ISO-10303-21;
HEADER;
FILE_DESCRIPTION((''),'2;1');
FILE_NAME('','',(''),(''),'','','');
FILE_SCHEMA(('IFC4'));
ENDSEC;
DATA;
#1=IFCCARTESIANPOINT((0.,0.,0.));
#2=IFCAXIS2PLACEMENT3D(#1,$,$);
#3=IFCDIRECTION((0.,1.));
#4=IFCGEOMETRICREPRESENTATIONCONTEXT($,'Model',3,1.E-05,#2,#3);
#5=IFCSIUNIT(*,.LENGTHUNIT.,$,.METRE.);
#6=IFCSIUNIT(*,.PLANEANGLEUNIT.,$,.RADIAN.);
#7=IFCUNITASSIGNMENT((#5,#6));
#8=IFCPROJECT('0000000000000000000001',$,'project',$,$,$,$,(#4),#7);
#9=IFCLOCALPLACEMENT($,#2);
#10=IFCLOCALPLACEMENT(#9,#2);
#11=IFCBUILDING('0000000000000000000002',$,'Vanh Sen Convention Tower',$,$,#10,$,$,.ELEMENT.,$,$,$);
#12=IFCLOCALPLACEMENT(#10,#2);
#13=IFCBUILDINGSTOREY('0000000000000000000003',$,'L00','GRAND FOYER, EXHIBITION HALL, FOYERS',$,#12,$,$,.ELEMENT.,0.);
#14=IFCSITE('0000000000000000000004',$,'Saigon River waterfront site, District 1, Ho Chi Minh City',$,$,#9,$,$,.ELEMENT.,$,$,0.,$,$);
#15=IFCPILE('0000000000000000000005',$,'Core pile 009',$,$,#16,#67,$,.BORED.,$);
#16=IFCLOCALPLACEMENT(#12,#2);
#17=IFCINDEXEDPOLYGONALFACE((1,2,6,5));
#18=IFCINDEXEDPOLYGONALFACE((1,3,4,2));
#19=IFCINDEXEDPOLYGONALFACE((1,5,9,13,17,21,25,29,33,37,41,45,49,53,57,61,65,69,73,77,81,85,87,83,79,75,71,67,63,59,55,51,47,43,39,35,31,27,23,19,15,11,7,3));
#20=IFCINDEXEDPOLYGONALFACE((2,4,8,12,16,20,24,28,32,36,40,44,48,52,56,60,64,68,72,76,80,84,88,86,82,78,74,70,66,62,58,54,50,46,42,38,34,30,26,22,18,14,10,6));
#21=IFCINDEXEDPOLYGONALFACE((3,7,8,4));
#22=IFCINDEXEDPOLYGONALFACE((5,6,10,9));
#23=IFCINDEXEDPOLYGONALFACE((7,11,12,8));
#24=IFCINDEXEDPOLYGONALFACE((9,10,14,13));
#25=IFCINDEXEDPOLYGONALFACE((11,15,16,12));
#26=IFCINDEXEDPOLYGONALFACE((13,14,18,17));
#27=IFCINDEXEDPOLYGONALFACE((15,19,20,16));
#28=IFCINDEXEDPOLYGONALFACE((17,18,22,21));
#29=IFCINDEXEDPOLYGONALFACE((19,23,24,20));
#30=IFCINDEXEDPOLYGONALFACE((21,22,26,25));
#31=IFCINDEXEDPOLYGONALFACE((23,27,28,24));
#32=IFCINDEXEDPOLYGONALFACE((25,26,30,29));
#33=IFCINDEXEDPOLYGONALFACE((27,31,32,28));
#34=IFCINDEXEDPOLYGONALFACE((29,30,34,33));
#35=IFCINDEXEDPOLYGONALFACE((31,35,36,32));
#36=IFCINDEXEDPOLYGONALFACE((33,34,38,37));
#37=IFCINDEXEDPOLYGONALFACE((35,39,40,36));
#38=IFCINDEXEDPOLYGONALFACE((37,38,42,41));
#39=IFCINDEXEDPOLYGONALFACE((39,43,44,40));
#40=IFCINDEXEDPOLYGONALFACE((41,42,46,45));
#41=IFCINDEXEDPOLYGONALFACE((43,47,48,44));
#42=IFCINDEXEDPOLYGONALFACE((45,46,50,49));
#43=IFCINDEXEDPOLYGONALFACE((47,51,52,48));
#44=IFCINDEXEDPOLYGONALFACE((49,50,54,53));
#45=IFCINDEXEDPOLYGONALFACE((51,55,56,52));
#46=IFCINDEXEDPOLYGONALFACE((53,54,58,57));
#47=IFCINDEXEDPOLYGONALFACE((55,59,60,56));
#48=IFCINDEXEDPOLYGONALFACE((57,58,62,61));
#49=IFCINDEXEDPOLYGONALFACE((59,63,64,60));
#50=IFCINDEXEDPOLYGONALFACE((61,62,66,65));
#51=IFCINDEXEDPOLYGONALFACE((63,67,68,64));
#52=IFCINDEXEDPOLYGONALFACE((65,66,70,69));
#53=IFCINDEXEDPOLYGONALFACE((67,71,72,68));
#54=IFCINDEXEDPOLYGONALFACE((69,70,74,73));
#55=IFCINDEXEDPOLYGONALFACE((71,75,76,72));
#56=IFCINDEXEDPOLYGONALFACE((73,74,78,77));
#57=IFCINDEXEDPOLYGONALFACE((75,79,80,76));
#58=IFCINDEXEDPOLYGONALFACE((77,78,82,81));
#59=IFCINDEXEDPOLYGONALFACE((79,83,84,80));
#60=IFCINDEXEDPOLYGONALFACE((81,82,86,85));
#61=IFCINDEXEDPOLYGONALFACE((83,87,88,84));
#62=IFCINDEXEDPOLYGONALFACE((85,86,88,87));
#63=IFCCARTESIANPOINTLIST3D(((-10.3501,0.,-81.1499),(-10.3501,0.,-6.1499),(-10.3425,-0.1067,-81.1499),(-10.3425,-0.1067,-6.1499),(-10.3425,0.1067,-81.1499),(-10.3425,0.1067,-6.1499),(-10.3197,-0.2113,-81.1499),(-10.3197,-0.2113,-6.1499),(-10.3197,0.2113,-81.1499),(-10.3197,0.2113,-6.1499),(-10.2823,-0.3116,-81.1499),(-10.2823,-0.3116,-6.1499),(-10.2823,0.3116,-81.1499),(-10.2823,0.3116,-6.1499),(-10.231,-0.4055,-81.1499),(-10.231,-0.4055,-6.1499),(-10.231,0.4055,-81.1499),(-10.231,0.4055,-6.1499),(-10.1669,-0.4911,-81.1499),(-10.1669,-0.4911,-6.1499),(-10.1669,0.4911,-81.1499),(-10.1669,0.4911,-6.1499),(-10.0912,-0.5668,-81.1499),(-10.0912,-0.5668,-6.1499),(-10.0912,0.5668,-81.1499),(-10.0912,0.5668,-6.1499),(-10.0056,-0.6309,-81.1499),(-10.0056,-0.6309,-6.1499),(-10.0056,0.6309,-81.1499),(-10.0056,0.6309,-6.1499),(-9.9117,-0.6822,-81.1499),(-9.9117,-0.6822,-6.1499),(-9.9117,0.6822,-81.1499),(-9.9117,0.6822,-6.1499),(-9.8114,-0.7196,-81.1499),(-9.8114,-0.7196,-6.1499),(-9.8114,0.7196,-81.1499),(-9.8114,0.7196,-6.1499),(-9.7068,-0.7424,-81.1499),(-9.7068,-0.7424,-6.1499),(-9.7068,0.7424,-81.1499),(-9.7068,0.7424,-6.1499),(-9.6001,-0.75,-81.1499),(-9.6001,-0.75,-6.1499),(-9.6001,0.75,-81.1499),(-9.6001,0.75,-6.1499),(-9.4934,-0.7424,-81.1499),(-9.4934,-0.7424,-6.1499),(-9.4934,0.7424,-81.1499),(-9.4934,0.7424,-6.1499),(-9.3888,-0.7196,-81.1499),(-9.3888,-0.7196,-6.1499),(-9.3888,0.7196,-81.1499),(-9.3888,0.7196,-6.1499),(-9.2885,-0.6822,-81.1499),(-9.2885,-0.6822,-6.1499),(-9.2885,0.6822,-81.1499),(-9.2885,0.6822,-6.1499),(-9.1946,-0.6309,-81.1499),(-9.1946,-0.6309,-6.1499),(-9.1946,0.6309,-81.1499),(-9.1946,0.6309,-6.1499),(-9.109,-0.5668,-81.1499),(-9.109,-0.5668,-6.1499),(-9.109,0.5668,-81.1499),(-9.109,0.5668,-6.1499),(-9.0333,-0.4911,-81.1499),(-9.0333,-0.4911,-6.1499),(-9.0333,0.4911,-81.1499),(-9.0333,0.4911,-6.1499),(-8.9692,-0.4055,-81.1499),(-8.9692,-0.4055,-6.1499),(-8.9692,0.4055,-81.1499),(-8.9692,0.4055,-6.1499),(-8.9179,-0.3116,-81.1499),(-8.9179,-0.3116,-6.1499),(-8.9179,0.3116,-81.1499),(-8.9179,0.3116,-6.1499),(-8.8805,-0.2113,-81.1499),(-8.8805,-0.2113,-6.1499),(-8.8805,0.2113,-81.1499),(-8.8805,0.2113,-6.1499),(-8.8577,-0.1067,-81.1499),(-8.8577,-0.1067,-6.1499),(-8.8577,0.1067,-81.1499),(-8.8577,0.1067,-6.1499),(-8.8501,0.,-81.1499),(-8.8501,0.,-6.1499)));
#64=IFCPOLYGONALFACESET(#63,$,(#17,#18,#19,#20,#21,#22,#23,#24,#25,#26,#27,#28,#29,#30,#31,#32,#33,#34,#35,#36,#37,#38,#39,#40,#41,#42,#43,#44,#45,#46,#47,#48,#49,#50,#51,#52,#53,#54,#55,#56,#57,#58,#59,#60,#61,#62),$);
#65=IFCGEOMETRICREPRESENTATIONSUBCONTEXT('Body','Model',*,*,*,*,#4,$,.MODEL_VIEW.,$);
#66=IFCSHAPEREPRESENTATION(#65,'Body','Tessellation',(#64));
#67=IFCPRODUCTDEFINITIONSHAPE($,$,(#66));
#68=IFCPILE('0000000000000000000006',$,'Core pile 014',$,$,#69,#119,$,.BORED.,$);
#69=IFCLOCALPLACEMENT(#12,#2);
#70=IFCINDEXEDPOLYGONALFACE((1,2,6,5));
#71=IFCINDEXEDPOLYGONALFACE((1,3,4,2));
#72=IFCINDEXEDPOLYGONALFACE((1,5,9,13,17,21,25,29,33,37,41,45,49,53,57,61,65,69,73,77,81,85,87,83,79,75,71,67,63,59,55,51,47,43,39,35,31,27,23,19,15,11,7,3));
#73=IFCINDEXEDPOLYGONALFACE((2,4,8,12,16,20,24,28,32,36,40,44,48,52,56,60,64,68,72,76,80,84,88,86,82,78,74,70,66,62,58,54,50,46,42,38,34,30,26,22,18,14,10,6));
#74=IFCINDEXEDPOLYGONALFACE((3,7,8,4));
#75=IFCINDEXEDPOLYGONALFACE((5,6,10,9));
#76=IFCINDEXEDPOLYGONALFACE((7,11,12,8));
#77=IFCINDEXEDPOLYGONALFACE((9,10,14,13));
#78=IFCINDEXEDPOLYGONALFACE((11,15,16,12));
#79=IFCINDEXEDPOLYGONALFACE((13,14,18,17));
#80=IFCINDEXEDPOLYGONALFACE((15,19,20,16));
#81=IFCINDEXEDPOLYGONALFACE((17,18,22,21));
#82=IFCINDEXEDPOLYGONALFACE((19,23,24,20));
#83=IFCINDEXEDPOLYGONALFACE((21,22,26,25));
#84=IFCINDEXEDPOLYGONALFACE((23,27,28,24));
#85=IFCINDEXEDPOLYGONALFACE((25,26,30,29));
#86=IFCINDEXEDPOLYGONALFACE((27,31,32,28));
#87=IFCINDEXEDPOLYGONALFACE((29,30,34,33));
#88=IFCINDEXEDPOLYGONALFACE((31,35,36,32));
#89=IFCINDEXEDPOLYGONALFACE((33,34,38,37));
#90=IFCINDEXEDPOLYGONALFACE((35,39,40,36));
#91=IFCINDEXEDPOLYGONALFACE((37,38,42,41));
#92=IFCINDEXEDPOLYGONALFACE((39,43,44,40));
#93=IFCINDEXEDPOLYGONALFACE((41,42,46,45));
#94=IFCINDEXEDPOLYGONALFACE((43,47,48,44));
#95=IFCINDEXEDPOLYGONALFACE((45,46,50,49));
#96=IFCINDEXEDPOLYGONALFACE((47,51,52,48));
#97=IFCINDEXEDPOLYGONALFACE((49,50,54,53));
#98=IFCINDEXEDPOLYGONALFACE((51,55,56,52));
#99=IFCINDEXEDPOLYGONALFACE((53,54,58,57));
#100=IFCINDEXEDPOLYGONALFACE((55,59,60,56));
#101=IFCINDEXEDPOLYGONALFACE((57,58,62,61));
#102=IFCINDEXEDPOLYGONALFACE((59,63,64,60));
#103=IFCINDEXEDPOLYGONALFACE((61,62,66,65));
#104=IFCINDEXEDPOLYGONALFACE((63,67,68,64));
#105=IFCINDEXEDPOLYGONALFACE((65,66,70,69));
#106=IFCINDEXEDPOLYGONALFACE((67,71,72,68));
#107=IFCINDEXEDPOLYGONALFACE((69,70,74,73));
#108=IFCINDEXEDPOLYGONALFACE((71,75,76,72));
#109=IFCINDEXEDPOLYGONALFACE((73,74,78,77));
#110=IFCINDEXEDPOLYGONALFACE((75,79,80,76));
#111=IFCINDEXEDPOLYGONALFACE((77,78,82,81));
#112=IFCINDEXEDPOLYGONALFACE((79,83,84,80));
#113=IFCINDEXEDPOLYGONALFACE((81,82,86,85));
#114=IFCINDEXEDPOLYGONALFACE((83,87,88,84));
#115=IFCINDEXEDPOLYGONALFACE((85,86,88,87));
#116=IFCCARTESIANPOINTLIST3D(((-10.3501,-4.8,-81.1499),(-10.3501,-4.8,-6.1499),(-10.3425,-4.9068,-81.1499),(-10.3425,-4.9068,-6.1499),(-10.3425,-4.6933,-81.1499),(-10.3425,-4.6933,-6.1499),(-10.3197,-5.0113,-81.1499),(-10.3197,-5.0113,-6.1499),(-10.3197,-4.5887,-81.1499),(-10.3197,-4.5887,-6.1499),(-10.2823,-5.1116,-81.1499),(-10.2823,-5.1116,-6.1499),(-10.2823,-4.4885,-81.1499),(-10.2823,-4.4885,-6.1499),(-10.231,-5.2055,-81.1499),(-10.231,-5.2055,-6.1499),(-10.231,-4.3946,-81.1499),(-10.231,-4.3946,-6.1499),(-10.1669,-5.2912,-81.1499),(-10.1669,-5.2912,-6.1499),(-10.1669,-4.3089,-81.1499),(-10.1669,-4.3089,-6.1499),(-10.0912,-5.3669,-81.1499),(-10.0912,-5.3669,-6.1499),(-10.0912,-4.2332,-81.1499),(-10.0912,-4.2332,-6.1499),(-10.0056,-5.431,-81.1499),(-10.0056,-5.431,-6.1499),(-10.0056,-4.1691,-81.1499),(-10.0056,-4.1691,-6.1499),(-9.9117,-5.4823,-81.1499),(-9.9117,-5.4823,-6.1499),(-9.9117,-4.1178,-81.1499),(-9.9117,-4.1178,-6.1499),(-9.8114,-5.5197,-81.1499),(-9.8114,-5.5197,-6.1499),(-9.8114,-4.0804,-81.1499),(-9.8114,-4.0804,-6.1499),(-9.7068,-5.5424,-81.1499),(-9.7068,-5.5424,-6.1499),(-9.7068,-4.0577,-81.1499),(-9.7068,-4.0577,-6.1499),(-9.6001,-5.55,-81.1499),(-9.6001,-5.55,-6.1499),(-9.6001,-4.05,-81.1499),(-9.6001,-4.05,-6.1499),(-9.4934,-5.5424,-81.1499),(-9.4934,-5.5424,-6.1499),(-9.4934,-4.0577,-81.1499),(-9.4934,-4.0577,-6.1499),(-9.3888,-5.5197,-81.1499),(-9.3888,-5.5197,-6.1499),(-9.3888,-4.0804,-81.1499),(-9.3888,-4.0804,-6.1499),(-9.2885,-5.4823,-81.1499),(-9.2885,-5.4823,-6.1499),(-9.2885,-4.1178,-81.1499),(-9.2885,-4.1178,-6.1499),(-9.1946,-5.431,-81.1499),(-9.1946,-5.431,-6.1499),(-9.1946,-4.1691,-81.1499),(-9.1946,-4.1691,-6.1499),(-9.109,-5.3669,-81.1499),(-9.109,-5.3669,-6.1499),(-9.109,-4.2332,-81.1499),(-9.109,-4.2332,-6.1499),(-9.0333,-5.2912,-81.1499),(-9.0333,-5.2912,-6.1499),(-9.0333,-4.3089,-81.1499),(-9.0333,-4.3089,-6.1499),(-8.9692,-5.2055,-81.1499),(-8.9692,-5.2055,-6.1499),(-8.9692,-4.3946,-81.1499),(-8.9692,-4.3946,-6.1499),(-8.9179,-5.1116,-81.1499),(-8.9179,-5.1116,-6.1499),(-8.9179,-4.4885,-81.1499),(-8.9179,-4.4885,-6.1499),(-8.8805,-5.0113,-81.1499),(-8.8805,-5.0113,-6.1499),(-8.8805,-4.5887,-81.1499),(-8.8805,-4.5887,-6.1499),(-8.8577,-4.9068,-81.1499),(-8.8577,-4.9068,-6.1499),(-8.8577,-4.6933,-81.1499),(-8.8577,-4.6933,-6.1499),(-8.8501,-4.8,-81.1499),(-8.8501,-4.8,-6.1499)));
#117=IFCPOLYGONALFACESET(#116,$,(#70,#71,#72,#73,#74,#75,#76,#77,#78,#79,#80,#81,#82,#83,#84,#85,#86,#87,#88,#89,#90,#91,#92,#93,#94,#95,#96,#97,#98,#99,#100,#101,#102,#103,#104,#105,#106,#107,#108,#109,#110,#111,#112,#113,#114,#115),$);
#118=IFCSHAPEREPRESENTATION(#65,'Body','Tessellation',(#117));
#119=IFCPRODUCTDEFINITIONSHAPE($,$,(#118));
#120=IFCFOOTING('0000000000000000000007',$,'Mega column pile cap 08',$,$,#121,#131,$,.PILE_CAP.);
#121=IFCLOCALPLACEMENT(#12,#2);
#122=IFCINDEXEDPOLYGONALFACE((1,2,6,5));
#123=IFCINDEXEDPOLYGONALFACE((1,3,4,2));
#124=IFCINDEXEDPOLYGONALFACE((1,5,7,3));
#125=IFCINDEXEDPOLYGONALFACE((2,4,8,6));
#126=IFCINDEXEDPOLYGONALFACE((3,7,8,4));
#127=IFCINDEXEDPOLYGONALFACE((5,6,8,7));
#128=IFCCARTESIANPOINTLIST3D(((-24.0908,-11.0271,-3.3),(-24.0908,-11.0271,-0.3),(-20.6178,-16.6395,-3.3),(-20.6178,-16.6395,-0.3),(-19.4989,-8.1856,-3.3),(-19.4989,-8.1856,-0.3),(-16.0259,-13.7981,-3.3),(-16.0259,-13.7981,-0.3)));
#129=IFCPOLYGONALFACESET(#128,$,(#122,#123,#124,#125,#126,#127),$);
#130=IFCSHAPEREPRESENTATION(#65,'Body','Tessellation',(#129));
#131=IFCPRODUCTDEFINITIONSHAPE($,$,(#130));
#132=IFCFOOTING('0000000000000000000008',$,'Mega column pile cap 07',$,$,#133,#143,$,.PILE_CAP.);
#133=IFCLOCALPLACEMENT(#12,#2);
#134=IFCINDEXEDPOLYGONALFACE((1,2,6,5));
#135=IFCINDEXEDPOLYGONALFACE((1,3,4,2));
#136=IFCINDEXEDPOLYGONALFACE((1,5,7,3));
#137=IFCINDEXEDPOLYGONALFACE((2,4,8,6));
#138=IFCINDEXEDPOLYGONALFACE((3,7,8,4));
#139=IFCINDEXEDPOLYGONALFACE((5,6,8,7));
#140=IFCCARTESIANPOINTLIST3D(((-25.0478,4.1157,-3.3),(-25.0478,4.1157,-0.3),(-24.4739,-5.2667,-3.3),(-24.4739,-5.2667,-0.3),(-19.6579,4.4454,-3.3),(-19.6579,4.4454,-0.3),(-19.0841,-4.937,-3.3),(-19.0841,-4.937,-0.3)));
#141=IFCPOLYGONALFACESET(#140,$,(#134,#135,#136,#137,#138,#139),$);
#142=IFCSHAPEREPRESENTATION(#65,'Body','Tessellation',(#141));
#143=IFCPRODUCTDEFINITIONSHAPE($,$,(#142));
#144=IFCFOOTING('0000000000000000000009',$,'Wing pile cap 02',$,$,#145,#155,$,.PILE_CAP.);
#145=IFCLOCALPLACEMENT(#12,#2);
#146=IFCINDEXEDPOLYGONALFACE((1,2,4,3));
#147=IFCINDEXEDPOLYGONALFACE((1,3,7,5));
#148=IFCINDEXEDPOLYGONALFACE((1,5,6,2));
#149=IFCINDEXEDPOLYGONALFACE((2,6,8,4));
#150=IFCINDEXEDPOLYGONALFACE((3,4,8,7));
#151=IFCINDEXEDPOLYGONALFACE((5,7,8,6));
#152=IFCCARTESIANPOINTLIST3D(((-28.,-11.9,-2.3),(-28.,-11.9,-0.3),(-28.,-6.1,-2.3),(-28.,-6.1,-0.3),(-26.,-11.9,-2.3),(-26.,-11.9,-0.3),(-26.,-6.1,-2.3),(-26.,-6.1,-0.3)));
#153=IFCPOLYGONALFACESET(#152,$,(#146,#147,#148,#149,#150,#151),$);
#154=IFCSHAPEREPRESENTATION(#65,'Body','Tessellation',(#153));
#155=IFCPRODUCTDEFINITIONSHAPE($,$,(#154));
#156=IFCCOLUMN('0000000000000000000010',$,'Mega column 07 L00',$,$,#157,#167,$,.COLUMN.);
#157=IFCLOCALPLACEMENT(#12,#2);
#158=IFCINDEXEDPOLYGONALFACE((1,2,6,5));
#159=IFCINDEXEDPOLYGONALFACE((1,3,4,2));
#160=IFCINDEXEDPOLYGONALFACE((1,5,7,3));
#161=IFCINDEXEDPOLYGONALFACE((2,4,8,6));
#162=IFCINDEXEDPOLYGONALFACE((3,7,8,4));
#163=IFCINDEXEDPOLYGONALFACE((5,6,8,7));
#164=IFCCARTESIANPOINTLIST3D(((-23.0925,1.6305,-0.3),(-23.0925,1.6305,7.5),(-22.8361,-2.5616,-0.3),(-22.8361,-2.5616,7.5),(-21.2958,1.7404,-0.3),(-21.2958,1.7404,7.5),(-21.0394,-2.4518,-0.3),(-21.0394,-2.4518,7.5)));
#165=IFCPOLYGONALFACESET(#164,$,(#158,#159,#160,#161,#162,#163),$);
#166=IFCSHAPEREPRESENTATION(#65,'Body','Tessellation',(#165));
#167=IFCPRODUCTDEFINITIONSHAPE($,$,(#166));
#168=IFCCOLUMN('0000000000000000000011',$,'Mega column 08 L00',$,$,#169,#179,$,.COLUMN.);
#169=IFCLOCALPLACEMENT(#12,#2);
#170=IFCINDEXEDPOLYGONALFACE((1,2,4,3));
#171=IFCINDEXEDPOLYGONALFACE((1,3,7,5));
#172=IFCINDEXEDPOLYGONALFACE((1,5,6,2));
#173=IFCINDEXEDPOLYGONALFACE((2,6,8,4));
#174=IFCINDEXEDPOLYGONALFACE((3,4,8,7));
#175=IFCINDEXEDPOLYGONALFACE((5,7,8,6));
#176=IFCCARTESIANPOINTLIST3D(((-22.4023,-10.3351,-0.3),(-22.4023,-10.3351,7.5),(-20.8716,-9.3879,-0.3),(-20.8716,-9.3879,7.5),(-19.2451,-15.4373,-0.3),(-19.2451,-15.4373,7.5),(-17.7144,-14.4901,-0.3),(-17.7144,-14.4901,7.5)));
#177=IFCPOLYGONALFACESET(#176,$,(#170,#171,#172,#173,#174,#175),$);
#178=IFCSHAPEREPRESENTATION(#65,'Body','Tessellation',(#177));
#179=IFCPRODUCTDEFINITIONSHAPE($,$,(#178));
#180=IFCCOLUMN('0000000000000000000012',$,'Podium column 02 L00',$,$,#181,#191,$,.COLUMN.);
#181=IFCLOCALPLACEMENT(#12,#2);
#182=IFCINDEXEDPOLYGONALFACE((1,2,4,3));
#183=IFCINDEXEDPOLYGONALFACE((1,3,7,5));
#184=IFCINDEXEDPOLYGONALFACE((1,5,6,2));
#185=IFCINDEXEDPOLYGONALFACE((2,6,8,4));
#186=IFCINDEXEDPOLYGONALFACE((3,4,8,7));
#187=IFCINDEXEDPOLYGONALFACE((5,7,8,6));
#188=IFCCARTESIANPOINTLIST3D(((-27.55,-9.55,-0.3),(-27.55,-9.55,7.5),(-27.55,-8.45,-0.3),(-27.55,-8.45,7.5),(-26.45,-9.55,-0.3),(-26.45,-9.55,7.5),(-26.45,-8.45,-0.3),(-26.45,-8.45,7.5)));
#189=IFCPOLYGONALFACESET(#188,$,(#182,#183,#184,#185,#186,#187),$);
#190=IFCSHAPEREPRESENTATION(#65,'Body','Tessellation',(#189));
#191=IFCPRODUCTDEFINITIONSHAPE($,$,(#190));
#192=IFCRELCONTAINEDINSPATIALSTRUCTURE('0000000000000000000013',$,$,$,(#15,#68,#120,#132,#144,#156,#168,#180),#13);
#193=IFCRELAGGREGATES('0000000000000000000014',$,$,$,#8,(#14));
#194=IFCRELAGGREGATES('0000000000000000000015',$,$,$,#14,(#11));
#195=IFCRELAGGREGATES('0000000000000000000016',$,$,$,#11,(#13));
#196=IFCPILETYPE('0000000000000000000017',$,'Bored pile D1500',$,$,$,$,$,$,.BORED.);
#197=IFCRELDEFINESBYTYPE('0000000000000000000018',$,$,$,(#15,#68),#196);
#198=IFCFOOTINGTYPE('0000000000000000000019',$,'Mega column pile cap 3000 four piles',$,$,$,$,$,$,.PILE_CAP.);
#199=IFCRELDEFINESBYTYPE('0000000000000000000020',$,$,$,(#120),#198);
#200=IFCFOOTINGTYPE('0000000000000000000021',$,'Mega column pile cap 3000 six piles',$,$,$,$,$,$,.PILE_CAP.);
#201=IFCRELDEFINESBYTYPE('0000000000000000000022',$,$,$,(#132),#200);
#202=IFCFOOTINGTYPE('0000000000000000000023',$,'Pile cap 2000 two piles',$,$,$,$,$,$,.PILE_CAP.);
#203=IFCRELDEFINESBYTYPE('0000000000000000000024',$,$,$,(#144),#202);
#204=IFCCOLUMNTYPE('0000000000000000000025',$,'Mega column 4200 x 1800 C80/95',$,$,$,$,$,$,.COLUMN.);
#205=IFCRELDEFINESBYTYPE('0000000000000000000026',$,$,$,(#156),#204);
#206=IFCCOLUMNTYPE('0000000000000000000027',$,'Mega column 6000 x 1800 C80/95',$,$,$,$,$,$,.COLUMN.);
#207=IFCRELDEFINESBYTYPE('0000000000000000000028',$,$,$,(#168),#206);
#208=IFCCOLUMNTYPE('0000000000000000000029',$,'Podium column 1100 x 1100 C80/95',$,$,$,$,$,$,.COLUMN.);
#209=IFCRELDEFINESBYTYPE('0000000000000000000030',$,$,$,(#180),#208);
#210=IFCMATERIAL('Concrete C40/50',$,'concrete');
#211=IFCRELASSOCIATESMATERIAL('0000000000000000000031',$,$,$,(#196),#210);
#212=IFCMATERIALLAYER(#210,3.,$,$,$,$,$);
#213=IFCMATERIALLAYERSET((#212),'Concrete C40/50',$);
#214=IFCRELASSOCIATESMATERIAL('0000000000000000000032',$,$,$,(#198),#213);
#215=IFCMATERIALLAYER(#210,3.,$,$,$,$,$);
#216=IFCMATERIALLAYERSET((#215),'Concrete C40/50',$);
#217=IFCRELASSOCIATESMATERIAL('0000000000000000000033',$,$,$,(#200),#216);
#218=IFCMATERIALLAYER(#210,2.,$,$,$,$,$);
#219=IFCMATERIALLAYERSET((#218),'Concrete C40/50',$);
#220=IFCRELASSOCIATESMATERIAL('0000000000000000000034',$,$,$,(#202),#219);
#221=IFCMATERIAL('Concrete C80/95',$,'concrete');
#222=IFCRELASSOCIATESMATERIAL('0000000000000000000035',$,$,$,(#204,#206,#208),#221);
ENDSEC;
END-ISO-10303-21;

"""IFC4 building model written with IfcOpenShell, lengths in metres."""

from ifc_helpers import new_model, si_unit, direction, frame, origin, origin_2d, place, context, subcontext, project, spatial, rectangle, circle, extrude, material, layer, layer_set, material_profile, profile_set, type_object, element, save


model = new_model("IFC4")

# Units and contexts
model_context = context("Model", 3, precision=1e-05, world=origin(), true_north=direction((0.0, 1.0)))
body_context = subcontext(model_context, "Body", "Model", "MODEL_VIEW")
ifc_project = project(units=[si_unit("LENGTHUNIT", "METRE"), si_unit("PLANEANGLEUNIT", "RADIAN")], contexts=[model_context])

# Site, building, storey
site_placement = place(None, origin())
site = spatial("IfcSite", under=ifc_project, at=site_placement, Name="Saigon River waterfront site, District 1, Ho Chi Minh City", CompositionType="ELEMENT", RefElevation=0.0)
building_placement = place(site_placement, origin())
building = spatial("IfcBuilding", under=site, at=building_placement, Name="Vanh Sen Convention Tower", CompositionType="ELEMENT")
storey_placement = place(building_placement, origin())
storey = spatial("IfcBuildingStorey", under=building, at=storey_placement, Name="L00", Description="GRAND FOYER, EXHIBITION HALL, FOYERS", CompositionType="ELEMENT", Elevation=0.0)

# Piles
ifc_material_1 = material(Name="Concrete C40/50", Category="concrete")
ifc_material_profile_1 = material_profile(ifc_material_1, circle(Radius=0.75, at=origin_2d()), Name="Bored pile D1500")
ifc_profile_set_1 = profile_set([ifc_material_profile_1], Name="Concrete C40/50")
pile_type_1 = type_object("IfcPileType", Name="Bored pile D1500", PredefinedType="BORED", material=ifc_profile_set_1)
for number, where, z_axis, x_axis, name in (
    (1, (-9.6001, 0.0, -6.1499), (0.0, 0.0, -1.0), (1.0, 0.0, 0.0), "Core pile 009"),
    (2, (-9.6001, -4.8, -6.1499), (0.0, 0.0, -1.0), (1.0, 0.0, 0.0), "Core pile 014"),
):
    element("IfcPile", number, at=place(storey_placement, frame(where, z_axis=z_axis, x_axis=x_axis)), inside=storey, type_object=pile_type_1, Name=name, PredefinedType="BORED", context=body_context, shape_type="SweptSolid", body=[
        extrude(circle(Radius=0.75, at=origin_2d()), origin(), (0.0, 0.0, 1.0), 75.0),
    ])

# Footings
ifc_layer_1 = layer(ifc_material_1, 3.0)
ifc_layer_set_1 = layer_set([ifc_layer_1], Name="Concrete C40/50")
footing_type_1 = type_object("IfcFootingType", Name="Mega column pile cap 3000 four piles", PredefinedType="PILE_CAP", material=ifc_layer_set_1)
footing_1_placement = place(storey_placement, frame((-20.0583, -12.4126, -3.3), z_axis=(0.0, 0.0, 1.0), x_axis=(0.526202, -0.85036, 0.0)))
element("IfcFooting", 3, at=footing_1_placement, inside=storey, type_object=footing_type_1, Name="Mega column pile cap 08", PredefinedType="PILE_CAP", context=body_context, shape_type="SweptSolid", body=[
    extrude(rectangle(XDim=6.6001, YDim=5.3999, at=origin_2d()), origin(), (0.0, 0.0, 1.0), 3.0),
])
ifc_layer_2 = layer(ifc_material_1, 3.0)
ifc_layer_set_2 = layer_set([ifc_layer_2], Name="Concrete C40/50")
footing_type_2 = type_object("IfcFootingType", Name="Mega column pile cap 3000 six piles", PredefinedType="PILE_CAP", material=ifc_layer_set_2)
footing_2_placement = place(storey_placement, frame((-22.0659, -0.4106, -3.3), z_axis=(0.0, 0.0, 1.0), x_axis=(0.061047, -0.998135, 0.0)))
element("IfcFooting", 4, at=footing_2_placement, inside=storey, type_object=footing_type_2, Name="Mega column pile cap 07", PredefinedType="PILE_CAP", context=body_context, shape_type="SweptSolid", body=[
    extrude(rectangle(XDim=9.3999, YDim=5.3999, at=origin_2d()), origin(), (0.0, 0.0, 1.0), 3.0),
])
ifc_layer_3 = layer(ifc_material_1, 2.0)
ifc_layer_set_3 = layer_set([ifc_layer_3], Name="Concrete C40/50")
footing_type_3 = type_object("IfcFootingType", Name="Pile cap 2000 two piles", PredefinedType="PILE_CAP", material=ifc_layer_set_3)
footing_3_placement = place(storey_placement, frame((-27.0, -9.0, -2.3), z_axis=(0.0, 0.0, 1.0), x_axis=(1.0, 0.0, 0.0)))
element("IfcFooting", 5, at=footing_3_placement, inside=storey, type_object=footing_type_3, Name="Wing pile cap 02", PredefinedType="PILE_CAP", context=body_context, shape_type="SweptSolid", body=[
    extrude(rectangle(XDim=2.0, YDim=5.8, at=origin_2d()), origin(), (0.0, 0.0, 1.0), 2.0),
])

# Columns
ifc_material_2 = material(Name="Concrete C80/95", Category="concrete")
ifc_material_profile_2 = material_profile(ifc_material_2, rectangle(XDim=4.2, YDim=1.8, at=origin_2d()), Name="RC 4200X1800")
ifc_profile_set_2 = profile_set([ifc_material_profile_2], Name="Concrete C80/95")
column_type_1 = type_object("IfcColumnType", Name="Mega column 4200 x 1800 C80/95", PredefinedType="COLUMN", material=ifc_profile_set_2)
column_1_placement = place(storey_placement, frame((-22.0659, -0.4106, -0.3), z_axis=(0.0, 0.0, 1.0), x_axis=(0.061047, -0.998135, 0.0)))
element("IfcColumn", 6, at=column_1_placement, inside=storey, type_object=column_type_1, Name="Mega column 07 L00", PredefinedType="COLUMN", context=body_context, shape_type="SweptSolid", body=[
    extrude(rectangle(XDim=4.2, YDim=1.8, at=origin_2d()), origin(), (0.0, 0.0, 1.0), 7.8),
])
ifc_material_profile_3 = material_profile(ifc_material_2, rectangle(XDim=6.0, YDim=1.8, at=origin_2d()), Name="RC 6000X1800")
ifc_profile_set_3 = profile_set([ifc_material_profile_3], Name="Concrete C80/95")
column_type_2 = type_object("IfcColumnType", Name="Mega column 6000 x 1800 C80/95", PredefinedType="COLUMN", material=ifc_profile_set_3)
column_2_placement = place(storey_placement, frame((-20.0583, -12.4126, -0.3), z_axis=(0.0, 0.0, 1.0), x_axis=(0.526202, -0.85036, 0.0)))
element("IfcColumn", 7, at=column_2_placement, inside=storey, type_object=column_type_2, Name="Mega column 08 L00", PredefinedType="COLUMN", context=body_context, shape_type="SweptSolid", body=[
    extrude(rectangle(XDim=6.0, YDim=1.8, at=origin_2d()), origin(), (0.0, 0.0, 1.0), 7.8),
])
ifc_material_profile_4 = material_profile(ifc_material_2, rectangle(XDim=1.1001, YDim=1.1001, at=origin_2d()), Name="RC 1100X1100")
ifc_profile_set_4 = profile_set([ifc_material_profile_4], Name="Concrete C80/95")
column_type_3 = type_object("IfcColumnType", Name="Podium column 1100 x 1100 C80/95", PredefinedType="COLUMN", material=ifc_profile_set_4)
column_3_placement = place(storey_placement, frame((-27.0, -9.0, -0.3), z_axis=(0.0, 0.0, 1.0), x_axis=(1.0, 0.0, 0.0)))
element("IfcColumn", 8, at=column_3_placement, inside=storey, type_object=column_type_3, Name="Podium column 02 L00", PredefinedType="COLUMN", context=body_context, shape_type="SweptSolid", body=[
    extrude(rectangle(XDim=1.1001, YDim=1.1001, at=origin_2d()), origin(), (0.0, 0.0, 1.0), 7.8),
])

save(model, "model.ifc")
